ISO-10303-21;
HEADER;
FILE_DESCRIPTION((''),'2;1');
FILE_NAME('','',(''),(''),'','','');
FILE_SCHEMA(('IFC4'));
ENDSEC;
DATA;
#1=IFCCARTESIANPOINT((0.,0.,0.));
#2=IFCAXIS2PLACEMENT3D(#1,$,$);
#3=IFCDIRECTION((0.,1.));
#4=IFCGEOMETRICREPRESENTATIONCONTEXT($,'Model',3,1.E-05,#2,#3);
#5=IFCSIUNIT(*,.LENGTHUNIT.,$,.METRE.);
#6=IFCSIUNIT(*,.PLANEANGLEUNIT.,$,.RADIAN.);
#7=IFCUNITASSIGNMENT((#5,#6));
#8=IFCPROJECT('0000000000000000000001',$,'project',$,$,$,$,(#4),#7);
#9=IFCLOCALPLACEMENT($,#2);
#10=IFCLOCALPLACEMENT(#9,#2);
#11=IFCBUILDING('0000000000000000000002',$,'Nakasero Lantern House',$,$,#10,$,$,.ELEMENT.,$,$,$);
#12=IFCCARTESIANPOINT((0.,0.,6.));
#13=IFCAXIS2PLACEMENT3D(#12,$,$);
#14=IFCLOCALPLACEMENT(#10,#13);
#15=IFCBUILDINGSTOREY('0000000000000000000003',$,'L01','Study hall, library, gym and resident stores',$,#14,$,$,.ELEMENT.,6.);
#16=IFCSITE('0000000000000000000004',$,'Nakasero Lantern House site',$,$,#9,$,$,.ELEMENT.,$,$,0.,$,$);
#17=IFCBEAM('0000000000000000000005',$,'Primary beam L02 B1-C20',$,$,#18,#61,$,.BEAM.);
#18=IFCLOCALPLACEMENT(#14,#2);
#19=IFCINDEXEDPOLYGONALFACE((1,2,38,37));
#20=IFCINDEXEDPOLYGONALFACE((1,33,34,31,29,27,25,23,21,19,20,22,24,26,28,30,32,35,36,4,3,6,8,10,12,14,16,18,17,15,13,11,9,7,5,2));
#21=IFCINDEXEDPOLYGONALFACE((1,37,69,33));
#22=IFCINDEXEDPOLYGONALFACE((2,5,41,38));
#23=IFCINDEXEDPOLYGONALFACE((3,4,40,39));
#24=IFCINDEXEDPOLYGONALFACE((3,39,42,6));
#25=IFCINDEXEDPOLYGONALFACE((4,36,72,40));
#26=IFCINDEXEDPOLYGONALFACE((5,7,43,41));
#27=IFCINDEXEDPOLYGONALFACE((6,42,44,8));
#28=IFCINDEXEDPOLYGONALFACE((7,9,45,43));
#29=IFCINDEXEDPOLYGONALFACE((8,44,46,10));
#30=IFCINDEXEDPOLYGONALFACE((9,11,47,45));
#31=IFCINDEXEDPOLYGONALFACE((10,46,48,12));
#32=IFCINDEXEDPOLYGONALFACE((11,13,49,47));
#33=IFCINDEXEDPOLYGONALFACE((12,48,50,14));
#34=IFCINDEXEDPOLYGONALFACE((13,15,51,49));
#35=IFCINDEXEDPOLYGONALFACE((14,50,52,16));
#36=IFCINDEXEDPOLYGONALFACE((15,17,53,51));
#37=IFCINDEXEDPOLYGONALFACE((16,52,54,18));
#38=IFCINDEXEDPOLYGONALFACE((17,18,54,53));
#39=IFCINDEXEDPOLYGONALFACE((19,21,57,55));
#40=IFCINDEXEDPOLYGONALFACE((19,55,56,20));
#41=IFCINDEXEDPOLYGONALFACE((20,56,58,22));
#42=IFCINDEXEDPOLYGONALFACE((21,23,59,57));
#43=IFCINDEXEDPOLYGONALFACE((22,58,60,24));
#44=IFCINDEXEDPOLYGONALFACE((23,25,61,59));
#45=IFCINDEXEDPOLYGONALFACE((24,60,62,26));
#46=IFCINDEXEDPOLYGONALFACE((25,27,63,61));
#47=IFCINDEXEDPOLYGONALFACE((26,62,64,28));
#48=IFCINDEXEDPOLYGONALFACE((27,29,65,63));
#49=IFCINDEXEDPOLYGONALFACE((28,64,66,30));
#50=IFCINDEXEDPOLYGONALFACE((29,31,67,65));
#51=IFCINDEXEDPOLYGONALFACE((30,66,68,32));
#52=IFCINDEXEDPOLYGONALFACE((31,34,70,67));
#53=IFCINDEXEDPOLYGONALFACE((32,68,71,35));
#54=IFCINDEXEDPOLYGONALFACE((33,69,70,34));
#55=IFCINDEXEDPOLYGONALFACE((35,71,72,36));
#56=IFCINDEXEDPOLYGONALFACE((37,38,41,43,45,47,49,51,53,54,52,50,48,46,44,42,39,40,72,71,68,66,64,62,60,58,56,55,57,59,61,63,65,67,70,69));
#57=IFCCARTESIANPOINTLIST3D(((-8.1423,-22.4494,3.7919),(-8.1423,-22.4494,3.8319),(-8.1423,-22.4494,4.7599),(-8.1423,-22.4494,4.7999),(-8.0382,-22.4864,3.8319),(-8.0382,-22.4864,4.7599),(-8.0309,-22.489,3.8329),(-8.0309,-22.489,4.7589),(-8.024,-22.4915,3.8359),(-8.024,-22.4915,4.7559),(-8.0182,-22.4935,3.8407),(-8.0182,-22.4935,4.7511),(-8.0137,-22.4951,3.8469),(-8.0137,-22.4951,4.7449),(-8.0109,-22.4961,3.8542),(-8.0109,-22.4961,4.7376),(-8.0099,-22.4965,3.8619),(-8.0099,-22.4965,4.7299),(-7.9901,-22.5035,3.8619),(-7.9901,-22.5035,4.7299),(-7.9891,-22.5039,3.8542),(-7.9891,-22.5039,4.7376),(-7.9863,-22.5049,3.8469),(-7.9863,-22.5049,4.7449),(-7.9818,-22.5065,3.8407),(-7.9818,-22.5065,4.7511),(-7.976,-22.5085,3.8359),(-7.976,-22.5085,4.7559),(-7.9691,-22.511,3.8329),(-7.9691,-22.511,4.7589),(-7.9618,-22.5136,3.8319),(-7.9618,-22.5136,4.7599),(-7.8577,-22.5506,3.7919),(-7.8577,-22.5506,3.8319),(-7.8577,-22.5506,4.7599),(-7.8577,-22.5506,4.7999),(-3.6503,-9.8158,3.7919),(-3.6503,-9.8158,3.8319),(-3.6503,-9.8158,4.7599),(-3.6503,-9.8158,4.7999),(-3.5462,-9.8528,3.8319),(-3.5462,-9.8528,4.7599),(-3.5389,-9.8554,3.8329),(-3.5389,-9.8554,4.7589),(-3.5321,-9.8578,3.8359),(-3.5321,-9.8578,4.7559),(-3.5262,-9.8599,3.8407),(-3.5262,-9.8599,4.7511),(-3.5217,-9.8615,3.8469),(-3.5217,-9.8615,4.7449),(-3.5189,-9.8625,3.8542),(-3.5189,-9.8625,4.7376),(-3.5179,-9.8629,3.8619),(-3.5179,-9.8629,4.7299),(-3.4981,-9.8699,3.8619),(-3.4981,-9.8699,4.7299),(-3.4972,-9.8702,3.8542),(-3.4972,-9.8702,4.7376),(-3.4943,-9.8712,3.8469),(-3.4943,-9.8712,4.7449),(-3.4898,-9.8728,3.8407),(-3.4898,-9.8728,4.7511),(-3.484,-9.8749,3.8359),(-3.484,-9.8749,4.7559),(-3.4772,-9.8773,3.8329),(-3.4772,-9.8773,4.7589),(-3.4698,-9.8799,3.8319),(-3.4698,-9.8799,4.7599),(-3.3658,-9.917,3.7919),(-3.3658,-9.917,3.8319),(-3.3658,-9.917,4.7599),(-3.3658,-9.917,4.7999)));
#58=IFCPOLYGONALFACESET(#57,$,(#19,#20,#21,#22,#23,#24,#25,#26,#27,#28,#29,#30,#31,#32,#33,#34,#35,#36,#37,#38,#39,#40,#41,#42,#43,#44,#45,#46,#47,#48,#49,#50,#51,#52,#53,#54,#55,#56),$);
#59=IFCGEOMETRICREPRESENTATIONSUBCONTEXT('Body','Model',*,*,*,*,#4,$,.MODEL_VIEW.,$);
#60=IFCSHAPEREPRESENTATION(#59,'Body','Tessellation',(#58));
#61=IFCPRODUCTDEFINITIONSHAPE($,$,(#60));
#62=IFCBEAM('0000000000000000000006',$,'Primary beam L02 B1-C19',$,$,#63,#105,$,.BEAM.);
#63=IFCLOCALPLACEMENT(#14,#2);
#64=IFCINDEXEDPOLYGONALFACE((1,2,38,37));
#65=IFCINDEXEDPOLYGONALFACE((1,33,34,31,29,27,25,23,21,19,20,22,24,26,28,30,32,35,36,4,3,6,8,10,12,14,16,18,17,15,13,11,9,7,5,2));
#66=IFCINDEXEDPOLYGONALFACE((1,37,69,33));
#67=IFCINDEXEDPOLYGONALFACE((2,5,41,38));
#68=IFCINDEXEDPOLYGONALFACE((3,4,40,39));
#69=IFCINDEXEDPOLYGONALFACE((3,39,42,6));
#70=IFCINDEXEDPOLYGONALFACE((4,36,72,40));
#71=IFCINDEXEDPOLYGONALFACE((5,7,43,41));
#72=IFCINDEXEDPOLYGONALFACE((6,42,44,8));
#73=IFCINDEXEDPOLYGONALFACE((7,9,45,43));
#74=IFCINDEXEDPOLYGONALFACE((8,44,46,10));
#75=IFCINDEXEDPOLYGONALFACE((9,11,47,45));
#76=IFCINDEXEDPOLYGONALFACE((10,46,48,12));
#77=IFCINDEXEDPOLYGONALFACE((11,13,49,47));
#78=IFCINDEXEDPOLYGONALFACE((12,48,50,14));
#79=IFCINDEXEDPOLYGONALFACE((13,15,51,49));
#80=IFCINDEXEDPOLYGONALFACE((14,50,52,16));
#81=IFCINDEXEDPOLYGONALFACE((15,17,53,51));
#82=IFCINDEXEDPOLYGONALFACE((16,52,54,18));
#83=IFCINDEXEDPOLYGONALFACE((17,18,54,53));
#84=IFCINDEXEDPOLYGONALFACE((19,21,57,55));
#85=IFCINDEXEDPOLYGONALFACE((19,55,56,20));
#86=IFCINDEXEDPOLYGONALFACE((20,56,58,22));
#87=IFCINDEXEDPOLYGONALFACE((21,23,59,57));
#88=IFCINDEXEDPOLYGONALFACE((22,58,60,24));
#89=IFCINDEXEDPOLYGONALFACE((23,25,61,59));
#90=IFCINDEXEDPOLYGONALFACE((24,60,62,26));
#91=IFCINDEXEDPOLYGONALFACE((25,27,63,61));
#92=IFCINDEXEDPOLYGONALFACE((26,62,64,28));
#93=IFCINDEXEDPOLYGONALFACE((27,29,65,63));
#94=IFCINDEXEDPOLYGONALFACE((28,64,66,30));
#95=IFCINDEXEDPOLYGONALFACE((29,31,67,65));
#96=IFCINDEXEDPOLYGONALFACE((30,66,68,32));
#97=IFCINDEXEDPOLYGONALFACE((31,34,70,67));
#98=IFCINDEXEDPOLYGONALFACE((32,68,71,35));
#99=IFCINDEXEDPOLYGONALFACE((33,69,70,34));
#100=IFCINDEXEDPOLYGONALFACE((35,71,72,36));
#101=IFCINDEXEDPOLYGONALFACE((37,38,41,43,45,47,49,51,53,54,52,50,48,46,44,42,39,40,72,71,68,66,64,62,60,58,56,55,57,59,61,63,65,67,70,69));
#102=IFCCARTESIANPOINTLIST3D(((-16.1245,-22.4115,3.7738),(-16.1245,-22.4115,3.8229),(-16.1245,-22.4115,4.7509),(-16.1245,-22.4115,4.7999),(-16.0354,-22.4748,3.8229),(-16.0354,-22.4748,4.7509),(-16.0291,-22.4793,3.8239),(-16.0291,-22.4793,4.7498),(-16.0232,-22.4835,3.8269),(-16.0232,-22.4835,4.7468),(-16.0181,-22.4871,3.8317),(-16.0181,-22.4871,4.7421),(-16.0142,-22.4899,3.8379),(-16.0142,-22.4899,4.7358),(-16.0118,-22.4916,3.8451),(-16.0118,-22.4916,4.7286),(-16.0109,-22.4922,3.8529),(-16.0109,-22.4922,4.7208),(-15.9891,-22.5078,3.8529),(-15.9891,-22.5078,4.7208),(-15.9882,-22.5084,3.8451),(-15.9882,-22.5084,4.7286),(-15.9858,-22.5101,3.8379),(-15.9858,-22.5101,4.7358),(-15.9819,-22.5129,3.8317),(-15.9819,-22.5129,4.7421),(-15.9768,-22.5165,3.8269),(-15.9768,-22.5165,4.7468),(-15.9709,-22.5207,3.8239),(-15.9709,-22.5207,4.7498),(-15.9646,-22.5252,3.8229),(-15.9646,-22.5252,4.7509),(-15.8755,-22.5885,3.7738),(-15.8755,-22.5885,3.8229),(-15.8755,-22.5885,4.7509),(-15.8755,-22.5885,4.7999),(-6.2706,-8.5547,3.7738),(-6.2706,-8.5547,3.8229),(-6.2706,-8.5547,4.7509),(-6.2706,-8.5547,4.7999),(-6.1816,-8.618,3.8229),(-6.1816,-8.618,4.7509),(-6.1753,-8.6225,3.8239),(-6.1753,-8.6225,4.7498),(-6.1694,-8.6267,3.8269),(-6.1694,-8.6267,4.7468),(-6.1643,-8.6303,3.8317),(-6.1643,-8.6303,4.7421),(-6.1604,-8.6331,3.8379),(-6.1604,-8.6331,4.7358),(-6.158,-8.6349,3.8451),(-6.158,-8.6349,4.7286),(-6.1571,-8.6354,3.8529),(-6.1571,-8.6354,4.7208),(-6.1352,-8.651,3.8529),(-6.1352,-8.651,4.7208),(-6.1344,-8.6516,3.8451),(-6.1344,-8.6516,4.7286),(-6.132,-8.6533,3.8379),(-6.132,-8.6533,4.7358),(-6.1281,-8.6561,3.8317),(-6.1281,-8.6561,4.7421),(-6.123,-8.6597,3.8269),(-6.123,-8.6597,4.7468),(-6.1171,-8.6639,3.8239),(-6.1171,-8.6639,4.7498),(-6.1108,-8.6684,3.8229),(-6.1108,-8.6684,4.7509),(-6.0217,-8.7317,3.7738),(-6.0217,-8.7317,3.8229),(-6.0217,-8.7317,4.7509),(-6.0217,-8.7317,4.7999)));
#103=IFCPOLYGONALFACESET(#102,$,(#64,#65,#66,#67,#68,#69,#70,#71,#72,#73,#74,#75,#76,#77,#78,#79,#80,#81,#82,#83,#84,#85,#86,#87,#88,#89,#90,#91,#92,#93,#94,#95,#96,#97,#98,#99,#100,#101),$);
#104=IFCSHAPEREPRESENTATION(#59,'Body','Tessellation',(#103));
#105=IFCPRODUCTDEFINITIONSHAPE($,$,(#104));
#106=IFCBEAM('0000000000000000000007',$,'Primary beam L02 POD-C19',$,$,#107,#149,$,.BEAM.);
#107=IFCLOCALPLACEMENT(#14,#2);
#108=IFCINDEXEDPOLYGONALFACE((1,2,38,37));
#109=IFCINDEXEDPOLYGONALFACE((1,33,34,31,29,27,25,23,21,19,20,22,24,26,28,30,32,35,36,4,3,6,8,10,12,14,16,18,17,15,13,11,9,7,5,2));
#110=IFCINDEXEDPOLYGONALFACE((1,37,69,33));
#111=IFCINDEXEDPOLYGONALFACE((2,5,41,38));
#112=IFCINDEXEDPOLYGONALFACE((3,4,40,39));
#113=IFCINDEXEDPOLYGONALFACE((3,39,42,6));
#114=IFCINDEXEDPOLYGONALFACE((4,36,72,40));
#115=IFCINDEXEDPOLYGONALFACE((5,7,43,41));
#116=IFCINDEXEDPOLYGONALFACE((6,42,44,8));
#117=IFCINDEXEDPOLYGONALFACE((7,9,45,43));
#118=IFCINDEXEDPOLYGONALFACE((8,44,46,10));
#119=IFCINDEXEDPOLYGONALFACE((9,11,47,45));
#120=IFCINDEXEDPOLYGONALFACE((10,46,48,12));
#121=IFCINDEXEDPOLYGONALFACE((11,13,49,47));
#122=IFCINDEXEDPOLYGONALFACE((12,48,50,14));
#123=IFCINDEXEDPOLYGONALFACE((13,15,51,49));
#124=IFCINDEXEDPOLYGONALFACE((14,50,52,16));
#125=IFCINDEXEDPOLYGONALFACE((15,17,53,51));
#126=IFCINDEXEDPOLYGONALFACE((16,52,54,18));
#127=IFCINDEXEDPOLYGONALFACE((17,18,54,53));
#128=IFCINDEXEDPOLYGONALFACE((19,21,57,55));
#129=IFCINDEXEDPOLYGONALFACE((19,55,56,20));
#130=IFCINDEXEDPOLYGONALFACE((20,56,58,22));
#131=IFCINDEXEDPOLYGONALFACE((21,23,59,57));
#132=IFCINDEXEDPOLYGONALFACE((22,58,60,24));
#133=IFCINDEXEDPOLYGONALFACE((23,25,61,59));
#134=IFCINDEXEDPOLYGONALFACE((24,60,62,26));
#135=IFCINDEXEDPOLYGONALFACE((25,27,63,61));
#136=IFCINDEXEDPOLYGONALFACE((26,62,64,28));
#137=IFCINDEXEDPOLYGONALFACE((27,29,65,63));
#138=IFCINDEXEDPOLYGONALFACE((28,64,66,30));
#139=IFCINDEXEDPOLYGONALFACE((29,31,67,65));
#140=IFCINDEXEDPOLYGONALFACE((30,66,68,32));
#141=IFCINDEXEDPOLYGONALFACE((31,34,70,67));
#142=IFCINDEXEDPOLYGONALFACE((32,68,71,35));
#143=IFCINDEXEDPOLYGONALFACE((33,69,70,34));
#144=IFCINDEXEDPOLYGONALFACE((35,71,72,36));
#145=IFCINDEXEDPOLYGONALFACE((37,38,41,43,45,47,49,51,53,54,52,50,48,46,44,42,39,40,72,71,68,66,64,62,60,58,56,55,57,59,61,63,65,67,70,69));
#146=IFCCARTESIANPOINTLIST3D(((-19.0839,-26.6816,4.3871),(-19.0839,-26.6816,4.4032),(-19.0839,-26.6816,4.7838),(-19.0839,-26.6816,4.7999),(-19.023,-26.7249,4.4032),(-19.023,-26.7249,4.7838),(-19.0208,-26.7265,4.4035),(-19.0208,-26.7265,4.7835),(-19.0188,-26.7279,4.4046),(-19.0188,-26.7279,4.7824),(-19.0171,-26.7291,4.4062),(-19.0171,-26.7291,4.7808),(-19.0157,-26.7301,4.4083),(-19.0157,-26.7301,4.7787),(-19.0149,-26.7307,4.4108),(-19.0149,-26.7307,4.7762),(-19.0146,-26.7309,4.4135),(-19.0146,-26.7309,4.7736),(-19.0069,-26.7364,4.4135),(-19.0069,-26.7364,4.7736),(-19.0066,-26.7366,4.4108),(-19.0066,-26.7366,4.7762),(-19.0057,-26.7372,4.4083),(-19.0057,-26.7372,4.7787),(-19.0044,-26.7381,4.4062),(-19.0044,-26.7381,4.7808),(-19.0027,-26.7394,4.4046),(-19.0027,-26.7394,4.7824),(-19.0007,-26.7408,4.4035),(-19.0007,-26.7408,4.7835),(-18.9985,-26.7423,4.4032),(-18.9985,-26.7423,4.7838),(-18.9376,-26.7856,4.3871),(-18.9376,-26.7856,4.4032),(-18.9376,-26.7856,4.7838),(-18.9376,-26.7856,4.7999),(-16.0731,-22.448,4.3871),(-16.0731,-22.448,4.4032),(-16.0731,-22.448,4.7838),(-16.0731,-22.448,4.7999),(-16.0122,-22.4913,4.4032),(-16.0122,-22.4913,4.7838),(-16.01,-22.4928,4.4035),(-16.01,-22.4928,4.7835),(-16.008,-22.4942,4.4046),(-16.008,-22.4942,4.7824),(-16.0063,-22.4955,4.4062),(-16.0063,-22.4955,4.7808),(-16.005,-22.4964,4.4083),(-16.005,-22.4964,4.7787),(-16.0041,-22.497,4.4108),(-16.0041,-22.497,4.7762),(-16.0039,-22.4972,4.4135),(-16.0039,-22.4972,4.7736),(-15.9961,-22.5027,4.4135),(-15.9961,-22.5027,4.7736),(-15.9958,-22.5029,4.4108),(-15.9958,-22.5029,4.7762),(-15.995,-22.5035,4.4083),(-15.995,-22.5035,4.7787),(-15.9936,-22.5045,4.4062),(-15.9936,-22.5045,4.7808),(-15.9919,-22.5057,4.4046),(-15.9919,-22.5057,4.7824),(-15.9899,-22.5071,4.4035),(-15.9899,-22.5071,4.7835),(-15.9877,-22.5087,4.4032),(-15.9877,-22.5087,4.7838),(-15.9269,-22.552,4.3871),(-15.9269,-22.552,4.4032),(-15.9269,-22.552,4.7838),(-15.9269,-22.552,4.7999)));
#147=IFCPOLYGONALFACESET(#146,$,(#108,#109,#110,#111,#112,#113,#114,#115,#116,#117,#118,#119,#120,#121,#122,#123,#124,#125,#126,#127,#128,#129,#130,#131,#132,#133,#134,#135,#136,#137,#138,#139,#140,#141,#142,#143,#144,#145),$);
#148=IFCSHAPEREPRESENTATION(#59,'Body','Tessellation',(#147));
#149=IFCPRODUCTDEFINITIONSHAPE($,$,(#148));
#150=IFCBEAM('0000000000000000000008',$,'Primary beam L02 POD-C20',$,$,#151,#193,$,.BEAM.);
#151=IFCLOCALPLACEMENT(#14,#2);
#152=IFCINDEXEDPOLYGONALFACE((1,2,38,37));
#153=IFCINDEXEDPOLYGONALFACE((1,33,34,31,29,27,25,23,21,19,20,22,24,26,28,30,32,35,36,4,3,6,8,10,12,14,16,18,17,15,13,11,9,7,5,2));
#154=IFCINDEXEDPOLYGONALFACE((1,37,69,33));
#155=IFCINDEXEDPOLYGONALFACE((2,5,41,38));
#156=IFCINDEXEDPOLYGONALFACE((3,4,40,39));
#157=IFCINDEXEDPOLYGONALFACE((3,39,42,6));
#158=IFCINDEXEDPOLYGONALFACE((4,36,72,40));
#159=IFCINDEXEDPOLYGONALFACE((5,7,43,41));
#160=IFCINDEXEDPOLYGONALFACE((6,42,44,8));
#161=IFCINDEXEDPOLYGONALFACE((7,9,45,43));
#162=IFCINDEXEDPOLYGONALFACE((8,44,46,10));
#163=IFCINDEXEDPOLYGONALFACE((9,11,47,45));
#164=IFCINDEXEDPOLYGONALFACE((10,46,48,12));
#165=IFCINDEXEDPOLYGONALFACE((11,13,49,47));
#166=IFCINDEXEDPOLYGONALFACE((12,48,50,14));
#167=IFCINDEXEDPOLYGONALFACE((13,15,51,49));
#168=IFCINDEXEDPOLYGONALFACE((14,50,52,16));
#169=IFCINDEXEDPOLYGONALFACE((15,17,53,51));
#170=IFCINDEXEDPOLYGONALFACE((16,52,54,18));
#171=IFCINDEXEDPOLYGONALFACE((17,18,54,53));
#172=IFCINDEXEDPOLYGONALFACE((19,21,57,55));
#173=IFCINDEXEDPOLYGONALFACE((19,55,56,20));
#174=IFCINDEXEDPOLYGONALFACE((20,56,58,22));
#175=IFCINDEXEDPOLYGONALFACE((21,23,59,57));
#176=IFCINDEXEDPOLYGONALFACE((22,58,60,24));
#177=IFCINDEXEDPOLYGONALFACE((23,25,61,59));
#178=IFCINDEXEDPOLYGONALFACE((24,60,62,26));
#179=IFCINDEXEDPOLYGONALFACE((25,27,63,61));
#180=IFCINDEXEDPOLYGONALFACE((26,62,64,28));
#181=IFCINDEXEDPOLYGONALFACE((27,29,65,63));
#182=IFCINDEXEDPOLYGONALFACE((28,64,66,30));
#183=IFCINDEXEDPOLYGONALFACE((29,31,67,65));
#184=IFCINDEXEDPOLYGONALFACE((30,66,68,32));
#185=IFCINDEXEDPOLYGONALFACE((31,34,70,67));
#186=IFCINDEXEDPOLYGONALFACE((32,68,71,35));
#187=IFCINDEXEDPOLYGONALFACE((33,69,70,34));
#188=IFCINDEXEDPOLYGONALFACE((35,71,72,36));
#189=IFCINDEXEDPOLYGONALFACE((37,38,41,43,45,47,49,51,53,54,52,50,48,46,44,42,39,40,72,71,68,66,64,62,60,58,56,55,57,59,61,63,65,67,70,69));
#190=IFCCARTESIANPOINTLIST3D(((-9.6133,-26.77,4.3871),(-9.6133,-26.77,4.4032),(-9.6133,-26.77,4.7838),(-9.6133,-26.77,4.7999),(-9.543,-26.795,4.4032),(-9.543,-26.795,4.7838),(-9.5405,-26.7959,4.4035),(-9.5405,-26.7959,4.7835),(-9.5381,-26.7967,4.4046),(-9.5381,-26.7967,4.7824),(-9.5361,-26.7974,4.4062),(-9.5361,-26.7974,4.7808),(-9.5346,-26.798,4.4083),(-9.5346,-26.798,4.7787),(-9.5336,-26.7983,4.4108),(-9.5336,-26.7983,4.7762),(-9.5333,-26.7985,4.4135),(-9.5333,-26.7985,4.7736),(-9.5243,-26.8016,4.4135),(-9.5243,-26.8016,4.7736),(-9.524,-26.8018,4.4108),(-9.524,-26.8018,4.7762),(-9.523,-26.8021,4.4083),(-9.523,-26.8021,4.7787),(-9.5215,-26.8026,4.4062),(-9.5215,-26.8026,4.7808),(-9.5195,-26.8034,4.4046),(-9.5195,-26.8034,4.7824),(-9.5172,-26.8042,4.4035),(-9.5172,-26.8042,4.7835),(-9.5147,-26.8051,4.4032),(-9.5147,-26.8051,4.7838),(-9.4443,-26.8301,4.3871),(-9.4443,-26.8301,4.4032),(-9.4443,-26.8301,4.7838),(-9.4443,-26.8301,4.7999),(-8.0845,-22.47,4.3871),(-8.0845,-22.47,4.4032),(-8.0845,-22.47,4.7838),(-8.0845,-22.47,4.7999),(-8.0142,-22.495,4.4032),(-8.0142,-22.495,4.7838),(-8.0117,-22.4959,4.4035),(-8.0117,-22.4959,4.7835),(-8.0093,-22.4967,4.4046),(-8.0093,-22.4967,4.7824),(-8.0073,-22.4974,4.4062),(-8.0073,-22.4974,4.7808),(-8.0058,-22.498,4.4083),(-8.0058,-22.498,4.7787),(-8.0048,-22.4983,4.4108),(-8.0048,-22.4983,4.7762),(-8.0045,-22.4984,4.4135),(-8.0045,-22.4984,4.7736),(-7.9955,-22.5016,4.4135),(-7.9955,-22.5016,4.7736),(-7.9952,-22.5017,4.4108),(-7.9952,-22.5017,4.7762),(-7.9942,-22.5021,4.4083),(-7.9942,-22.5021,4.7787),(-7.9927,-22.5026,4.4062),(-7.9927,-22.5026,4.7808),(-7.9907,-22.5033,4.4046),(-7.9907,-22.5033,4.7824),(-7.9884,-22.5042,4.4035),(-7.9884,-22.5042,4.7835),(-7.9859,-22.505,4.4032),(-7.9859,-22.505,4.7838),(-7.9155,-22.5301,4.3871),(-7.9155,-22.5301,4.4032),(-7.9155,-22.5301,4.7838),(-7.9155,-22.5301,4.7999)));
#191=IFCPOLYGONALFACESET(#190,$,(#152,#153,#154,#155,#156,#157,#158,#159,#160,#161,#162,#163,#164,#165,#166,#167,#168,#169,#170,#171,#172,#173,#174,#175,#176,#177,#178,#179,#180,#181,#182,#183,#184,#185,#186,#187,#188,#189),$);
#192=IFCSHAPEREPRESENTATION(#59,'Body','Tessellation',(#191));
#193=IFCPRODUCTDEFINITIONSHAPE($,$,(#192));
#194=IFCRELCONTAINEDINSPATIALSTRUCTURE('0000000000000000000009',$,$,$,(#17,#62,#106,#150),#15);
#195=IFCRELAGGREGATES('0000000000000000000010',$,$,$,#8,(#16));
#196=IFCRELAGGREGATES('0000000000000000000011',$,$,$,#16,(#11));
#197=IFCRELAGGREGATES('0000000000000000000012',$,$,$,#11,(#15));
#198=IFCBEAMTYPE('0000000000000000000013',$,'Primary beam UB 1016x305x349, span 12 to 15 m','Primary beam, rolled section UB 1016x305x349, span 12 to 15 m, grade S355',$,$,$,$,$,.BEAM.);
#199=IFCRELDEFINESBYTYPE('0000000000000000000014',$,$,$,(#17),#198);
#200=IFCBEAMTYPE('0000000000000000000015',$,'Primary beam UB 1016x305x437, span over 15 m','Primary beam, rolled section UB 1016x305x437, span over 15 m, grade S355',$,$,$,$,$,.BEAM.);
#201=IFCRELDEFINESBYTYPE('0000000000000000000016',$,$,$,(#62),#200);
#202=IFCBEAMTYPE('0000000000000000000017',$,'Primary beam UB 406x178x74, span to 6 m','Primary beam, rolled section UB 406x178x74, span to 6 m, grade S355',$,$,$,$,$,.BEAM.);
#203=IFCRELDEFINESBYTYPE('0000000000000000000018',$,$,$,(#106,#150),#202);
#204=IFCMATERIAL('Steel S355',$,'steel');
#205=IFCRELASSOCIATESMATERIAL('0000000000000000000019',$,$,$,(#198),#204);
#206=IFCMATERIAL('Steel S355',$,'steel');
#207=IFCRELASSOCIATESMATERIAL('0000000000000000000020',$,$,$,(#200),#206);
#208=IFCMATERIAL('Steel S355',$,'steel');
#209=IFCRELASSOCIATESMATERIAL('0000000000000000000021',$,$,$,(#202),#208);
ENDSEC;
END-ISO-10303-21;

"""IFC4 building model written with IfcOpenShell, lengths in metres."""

from ifc_helpers import new_model, si_unit, direction, frame, origin, origin_2d, place, context, subcontext, project, spatial, i_section, extrude, material, material_profile, profile_set, type_object, element, save


model = new_model("IFC4")

# Units and contexts
model_context = context("Model", 3, precision=1e-05, world=origin(), true_north=direction((0.0, 1.0)))
body_context = subcontext(model_context, "Body", "Model", "MODEL_VIEW")
ifc_project = project(units=[si_unit("LENGTHUNIT", "METRE"), si_unit("PLANEANGLEUNIT", "RADIAN")], contexts=[model_context])

# Site, building, storey
site_placement = place(None, origin())
site = spatial("IfcSite", under=ifc_project, at=site_placement, Name="Nakasero Lantern House site", CompositionType="ELEMENT", RefElevation=0.0)
building_placement = place(site_placement, origin())
building = spatial("IfcBuilding", under=site, at=building_placement, Name="Nakasero Lantern House", CompositionType="ELEMENT")
storey_placement = place(building_placement, frame((0.0, 0.0, 6.0)))
storey = spatial("IfcBuildingStorey", under=building, at=storey_placement, Name="L01", Description="Study hall, library, gym and resident stores", CompositionType="ELEMENT", Elevation=6.0)

# Beams
ifc_material_1 = material(Name="Steel S355", Category="steel")
ifc_material_profile_1 = material_profile(ifc_material_1, i_section(OverallWidth=0.302, OverallDepth=1.0081, WebThickness=0.021, FlangeThickness=0.04, FilletRadius=0.03, at=origin_2d()), Name="UB 1016x305x349")
ifc_profile_set_1 = profile_set([ifc_material_profile_1], Name="Steel S355")
beam_type_1 = type_object("IfcBeamType", Name="Primary beam UB 1016x305x349, span 12 to 15 m", Description="Primary beam, rolled section UB 1016x305x349, span 12 to 15 m, grade S355", PredefinedType="BEAM", material=ifc_profile_set_1)
beam_1_placement = place(storey_placement, frame((-8.0, -22.5, 4.2959), z_axis=(0.335011, 0.942214, 0.0), x_axis=(-0.942214, 0.335011, 0.0)))
element("IfcBeam", 1, at=beam_1_placement, inside=storey, type_object=beam_type_1, Name="Primary beam L02 B1-C20", PredefinedType="BEAM", context=body_context, shape_type="SweptSolid", body=[
    extrude(i_section(OverallWidth=0.302, OverallDepth=1.0081, WebThickness=0.021, FlangeThickness=0.04, FilletRadius=0.03, at=origin_2d()), origin(), (0.0, 0.0, 1.0), 13.4084),
])
ifc_material_2 = material(Name="Steel S355", Category="steel")
ifc_material_profile_2 = material_profile(ifc_material_2, i_section(OverallWidth=0.3054, OverallDepth=1.0261, WebThickness=0.0269, FlangeThickness=0.0491, FilletRadius=0.03, at=origin_2d()), Name="UB 1016x305x437")
ifc_profile_set_2 = profile_set([ifc_material_profile_2], Name="Steel S355")
beam_type_2 = type_object("IfcBeamType", Name="Primary beam UB 1016x305x437, span over 15 m", Description="Primary beam, rolled section UB 1016x305x437, span over 15 m, grade S355", PredefinedType="BEAM", material=ifc_profile_set_2)
beam_2_placement = place(storey_placement, frame((-16.0, -22.5, 4.2869), z_axis=(0.579528, 0.814952, 0.0), x_axis=(-0.814952, 0.579528, 0.0)))
element("IfcBeam", 2, at=beam_2_placement, inside=storey, type_object=beam_type_2, Name="Primary beam L02 B1-C19", PredefinedType="BEAM", context=body_context, shape_type="SweptSolid", body=[
    extrude(i_section(OverallWidth=0.3054, OverallDepth=1.0261, WebThickness=0.0269, FlangeThickness=0.0491, FilletRadius=0.03, at=origin_2d()), origin(), (0.0, 0.0, 1.0), 17.0032),
])
ifc_material_3 = material(Name="Steel S355", Category="steel")
ifc_material_profile_3 = material_profile(ifc_material_3, i_section(OverallWidth=0.1794, OverallDepth=0.4128, WebThickness=0.0095, FlangeThickness=0.0161, FilletRadius=0.0103, at=origin_2d()), Name="UB 406x178x74")
ifc_profile_set_3 = profile_set([ifc_material_profile_3], Name="Steel S355")
beam_type_3 = type_object("IfcBeamType", Name="Primary beam UB 406x178x74, span to 6 m", Description="Primary beam, rolled section UB 406x178x74, span to 6 m, grade S355", PredefinedType="BEAM", material=ifc_profile_set_3)
beam_3_placement = place(storey_placement, frame((-19.0107, -26.7336, 4.5935), z_axis=(0.579543, 0.814942, 0.0), x_axis=(-0.814942, 0.579543, 0.0)))
element("IfcBeam", 3, at=beam_3_placement, inside=storey, type_object=beam_type_3, Name="Primary beam L02 POD-C19", PredefinedType="BEAM", context=body_context, shape_type="SweptSolid", body=[
    extrude(i_section(OverallWidth=0.1794, OverallDepth=0.4128, WebThickness=0.0095, FlangeThickness=0.0161, FilletRadius=0.0103, at=origin_2d()), origin(), (0.0, 0.0, 1.0), 5.1951),
])
beam_4_placement = place(storey_placement, frame((-9.5288, -26.8, 4.5935), z_axis=(0.334991, 0.942221, 0.0), x_axis=(-0.942221, 0.334991, 0.0)))
element("IfcBeam", 4, at=beam_4_placement, inside=storey, type_object=beam_type_3, Name="Primary beam L02 POD-C20", PredefinedType="BEAM", context=body_context, shape_type="SweptSolid", body=[
    extrude(i_section(OverallWidth=0.1794, OverallDepth=0.4128, WebThickness=0.0095, FlangeThickness=0.0161, FilletRadius=0.0103, at=origin_2d()), origin(), (0.0, 0.0, 1.0), 4.5637),
])

save(model, "model.ifc")
